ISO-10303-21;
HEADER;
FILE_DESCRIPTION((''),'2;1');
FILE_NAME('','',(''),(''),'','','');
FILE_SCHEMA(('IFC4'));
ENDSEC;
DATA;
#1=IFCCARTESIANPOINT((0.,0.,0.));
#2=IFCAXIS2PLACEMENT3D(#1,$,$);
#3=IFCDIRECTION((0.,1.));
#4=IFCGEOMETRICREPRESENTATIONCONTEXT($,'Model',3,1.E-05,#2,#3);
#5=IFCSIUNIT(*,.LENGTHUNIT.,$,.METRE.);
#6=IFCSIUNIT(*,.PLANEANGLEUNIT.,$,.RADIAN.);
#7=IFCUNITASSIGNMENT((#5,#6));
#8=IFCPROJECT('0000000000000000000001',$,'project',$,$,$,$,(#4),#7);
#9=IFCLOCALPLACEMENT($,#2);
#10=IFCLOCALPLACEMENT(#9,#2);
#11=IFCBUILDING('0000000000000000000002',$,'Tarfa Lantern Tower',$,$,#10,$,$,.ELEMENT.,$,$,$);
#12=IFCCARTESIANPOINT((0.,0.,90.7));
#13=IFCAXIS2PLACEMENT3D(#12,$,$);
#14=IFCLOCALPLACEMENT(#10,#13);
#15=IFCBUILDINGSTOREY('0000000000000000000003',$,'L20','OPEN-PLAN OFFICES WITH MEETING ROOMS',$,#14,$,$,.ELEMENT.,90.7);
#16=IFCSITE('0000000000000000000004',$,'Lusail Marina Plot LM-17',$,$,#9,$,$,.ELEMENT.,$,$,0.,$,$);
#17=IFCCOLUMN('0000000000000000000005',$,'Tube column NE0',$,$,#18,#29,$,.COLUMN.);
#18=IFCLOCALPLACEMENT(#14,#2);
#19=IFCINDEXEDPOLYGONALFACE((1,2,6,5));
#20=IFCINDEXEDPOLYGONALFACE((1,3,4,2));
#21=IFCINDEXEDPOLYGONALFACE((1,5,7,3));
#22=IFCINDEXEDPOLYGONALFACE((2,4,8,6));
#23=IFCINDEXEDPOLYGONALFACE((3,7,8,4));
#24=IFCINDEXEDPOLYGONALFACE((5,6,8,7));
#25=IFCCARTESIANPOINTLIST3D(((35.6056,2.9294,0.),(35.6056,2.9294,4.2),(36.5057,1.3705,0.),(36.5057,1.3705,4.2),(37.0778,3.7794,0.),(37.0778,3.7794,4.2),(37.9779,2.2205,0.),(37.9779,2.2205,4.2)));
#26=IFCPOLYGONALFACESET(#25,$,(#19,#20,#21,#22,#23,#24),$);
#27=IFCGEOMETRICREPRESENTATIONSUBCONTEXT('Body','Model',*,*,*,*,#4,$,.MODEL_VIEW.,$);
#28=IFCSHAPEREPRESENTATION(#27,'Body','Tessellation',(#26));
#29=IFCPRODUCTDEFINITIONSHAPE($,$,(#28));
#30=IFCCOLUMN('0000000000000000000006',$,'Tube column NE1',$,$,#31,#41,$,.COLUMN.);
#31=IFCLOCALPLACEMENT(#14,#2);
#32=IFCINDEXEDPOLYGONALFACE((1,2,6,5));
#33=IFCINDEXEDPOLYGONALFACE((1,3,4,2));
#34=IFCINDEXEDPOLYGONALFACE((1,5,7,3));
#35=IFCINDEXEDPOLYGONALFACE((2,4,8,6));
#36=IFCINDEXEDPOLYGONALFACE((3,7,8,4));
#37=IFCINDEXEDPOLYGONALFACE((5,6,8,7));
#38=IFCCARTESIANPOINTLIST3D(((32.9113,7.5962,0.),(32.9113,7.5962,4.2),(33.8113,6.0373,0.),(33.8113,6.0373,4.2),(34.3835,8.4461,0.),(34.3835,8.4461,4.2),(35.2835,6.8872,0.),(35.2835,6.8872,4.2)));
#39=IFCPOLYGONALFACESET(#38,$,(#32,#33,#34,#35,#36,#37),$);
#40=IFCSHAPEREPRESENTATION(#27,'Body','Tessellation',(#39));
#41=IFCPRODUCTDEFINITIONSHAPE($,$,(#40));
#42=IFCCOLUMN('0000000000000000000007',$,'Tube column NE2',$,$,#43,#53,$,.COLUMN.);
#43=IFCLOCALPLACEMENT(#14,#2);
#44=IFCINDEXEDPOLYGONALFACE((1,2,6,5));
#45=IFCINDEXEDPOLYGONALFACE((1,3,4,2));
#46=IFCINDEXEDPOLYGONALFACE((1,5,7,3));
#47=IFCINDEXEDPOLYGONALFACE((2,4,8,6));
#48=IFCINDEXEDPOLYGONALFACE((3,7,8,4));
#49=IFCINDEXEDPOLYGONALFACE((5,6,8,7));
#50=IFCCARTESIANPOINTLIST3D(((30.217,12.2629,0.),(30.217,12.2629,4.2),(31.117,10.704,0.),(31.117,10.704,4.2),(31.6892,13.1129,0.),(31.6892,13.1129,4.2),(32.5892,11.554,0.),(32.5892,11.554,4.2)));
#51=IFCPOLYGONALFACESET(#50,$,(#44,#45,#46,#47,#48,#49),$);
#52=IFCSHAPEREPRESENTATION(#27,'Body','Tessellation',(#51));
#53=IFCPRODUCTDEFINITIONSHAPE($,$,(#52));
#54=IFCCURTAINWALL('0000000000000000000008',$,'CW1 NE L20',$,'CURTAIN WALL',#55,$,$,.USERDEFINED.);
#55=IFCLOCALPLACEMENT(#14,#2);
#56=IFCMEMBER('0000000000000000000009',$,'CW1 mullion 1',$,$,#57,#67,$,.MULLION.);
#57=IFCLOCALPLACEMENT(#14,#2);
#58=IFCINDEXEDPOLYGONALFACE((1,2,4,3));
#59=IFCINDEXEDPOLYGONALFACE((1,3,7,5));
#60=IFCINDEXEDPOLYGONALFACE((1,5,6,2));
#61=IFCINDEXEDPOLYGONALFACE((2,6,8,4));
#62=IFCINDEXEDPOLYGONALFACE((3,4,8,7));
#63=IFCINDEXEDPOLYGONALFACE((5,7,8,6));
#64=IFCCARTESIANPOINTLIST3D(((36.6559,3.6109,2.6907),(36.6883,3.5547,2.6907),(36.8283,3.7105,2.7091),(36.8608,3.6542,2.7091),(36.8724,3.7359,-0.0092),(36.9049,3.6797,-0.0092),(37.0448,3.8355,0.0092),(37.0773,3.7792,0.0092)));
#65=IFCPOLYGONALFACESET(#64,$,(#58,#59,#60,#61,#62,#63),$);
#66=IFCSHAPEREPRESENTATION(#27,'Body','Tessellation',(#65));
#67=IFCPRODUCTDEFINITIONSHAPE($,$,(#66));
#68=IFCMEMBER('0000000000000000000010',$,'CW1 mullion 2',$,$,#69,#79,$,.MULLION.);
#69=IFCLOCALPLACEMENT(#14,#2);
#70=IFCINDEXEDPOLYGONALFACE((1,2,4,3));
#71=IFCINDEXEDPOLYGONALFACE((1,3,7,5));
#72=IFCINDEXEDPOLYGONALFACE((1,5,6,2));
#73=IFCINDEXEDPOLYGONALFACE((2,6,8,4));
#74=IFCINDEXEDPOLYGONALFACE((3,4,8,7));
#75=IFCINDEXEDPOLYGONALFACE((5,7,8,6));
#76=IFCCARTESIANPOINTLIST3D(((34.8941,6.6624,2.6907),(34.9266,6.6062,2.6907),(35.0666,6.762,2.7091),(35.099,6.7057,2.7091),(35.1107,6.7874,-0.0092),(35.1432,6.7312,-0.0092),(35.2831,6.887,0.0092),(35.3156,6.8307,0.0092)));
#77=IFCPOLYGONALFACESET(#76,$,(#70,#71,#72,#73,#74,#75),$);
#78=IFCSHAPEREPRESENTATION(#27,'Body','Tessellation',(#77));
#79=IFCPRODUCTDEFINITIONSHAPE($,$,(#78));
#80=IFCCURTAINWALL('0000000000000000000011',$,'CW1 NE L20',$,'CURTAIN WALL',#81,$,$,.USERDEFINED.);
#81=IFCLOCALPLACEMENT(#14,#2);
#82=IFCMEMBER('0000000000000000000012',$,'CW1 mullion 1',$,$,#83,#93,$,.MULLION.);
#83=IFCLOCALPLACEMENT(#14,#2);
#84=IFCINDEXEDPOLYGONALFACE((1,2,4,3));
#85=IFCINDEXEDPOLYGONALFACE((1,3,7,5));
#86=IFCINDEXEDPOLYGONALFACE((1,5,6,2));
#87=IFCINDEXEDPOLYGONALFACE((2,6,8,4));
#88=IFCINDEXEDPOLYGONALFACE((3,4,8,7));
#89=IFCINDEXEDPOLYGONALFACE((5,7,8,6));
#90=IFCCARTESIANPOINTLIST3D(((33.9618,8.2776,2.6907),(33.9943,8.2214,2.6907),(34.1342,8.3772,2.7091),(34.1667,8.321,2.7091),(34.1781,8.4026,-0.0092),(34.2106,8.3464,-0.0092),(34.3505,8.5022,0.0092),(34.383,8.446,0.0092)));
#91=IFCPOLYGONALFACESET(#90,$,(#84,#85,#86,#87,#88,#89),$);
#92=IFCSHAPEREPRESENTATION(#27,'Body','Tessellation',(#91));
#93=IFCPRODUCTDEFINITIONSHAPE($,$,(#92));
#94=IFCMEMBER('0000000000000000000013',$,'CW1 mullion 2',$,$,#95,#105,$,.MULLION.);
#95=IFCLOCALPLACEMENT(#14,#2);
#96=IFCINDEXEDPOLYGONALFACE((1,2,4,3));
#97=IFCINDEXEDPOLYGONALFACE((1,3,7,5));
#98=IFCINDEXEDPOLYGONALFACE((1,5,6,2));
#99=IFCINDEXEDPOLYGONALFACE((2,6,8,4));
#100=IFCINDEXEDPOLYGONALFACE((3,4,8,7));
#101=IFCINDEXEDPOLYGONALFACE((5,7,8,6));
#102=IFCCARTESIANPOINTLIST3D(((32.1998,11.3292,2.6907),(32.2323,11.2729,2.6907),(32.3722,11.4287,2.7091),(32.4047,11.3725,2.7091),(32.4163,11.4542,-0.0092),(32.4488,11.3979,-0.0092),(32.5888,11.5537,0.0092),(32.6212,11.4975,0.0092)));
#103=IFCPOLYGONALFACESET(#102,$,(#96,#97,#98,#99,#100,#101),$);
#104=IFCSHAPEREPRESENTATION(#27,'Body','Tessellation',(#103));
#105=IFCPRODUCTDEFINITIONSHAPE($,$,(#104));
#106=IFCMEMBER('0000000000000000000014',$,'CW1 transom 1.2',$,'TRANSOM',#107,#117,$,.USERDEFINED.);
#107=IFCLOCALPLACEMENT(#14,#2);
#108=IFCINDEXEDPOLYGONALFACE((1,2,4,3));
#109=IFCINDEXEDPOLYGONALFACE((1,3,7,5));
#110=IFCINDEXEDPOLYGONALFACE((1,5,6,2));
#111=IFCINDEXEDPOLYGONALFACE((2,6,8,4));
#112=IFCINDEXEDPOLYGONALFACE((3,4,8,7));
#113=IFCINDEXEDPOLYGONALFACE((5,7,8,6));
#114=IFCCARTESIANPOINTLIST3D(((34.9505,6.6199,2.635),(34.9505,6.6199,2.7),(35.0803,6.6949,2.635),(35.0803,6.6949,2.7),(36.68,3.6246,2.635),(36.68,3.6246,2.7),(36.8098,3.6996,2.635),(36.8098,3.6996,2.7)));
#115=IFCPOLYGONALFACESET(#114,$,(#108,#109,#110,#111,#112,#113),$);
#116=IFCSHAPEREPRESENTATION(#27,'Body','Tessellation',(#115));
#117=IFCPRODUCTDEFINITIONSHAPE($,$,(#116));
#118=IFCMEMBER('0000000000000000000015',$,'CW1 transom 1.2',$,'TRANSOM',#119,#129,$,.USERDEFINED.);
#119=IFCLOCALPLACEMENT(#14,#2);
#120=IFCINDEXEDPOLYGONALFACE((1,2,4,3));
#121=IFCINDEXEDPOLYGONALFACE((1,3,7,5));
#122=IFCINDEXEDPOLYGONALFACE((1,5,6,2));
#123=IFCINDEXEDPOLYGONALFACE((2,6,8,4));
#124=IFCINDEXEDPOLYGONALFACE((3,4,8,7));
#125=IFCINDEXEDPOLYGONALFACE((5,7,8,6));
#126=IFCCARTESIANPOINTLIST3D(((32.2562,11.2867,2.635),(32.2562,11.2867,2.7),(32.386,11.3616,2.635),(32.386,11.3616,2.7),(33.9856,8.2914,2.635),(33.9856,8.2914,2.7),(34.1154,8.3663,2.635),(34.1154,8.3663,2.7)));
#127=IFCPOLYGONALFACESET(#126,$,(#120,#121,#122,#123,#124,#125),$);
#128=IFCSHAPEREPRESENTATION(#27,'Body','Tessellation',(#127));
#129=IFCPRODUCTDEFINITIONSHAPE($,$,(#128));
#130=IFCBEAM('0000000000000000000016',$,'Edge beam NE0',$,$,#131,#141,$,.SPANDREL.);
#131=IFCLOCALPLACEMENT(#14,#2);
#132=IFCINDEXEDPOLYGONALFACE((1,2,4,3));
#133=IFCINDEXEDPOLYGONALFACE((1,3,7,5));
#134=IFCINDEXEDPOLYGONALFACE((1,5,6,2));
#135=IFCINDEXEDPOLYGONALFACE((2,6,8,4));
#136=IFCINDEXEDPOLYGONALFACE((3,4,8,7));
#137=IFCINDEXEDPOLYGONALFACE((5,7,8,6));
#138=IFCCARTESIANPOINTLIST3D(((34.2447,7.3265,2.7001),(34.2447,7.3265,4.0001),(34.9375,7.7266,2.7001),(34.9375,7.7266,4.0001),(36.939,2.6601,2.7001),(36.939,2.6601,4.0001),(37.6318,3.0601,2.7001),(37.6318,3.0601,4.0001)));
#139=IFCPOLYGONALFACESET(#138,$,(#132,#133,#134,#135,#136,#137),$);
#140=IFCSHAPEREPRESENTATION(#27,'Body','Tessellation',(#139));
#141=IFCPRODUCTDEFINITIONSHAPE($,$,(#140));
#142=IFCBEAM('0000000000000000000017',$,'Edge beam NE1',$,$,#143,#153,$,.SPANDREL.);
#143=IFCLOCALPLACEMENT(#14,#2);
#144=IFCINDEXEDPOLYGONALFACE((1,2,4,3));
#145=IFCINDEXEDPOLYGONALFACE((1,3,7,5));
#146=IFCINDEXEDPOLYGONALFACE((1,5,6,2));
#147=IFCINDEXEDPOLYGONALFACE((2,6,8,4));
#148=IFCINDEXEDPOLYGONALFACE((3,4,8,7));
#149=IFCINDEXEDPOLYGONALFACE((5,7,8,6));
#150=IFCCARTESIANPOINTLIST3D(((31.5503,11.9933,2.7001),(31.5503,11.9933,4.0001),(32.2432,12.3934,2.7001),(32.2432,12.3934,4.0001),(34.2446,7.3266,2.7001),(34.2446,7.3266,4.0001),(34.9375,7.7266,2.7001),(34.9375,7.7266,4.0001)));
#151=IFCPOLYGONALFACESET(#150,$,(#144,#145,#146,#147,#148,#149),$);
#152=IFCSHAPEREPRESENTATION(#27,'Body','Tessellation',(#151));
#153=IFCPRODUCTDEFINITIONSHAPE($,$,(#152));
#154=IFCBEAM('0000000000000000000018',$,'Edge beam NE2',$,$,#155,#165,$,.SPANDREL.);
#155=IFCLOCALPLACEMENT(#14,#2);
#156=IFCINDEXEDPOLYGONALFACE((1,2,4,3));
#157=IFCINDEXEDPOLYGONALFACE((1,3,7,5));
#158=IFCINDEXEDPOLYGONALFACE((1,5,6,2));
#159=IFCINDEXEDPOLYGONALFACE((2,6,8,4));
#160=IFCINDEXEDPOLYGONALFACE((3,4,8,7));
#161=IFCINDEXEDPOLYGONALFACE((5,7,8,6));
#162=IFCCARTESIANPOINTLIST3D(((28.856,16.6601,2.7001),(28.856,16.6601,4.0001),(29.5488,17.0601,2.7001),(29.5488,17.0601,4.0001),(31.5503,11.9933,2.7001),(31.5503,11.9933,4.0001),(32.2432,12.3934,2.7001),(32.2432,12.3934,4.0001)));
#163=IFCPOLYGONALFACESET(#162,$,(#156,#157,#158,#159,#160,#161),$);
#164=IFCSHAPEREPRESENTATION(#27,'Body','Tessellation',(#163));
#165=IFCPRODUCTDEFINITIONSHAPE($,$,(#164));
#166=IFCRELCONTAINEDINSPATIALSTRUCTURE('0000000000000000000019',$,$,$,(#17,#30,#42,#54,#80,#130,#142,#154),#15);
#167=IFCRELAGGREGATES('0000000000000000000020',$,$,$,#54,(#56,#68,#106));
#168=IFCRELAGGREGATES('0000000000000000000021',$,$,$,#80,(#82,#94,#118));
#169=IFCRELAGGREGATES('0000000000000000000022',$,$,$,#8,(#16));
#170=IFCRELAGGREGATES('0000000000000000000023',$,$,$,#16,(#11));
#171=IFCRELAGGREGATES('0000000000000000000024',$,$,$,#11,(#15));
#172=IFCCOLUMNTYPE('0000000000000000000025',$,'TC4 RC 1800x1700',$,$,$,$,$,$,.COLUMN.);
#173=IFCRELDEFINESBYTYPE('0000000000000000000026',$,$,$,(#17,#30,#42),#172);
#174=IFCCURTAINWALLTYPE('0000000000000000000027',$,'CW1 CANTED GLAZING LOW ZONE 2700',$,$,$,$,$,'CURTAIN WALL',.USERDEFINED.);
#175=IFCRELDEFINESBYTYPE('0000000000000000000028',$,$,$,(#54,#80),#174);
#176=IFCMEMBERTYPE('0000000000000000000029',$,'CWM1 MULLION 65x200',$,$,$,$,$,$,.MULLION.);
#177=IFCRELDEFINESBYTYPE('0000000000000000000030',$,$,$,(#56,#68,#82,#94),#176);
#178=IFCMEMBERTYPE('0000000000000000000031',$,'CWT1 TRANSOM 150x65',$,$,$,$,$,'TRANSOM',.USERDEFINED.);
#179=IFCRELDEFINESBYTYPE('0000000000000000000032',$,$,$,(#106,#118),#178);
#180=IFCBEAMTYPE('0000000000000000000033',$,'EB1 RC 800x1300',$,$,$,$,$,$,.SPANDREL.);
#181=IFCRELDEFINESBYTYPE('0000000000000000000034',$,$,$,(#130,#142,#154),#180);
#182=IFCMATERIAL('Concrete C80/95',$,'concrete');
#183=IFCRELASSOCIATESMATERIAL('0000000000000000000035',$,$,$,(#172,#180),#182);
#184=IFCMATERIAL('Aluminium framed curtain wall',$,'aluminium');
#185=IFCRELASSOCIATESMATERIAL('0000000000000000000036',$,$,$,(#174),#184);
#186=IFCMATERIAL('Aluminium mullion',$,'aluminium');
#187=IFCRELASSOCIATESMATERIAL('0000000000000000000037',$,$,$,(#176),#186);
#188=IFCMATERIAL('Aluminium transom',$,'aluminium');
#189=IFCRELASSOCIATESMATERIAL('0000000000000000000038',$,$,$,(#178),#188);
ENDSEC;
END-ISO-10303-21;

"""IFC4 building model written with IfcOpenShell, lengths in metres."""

from ifc_helpers import new_model, si_unit, direction, frame, origin, origin_2d, place, context, subcontext, project, spatial, rectangle, extrude, material, material_profile, profile_set, type_object, element, aggregate, save


model = new_model("IFC4")

# Units and contexts
model_context = context("Model", 3, precision=1e-05, world=origin(), true_north=direction((0.0, 1.0)))
body_context = subcontext(model_context, "Body", "Model", "MODEL_VIEW")
ifc_project = project(units=[si_unit("LENGTHUNIT", "METRE"), si_unit("PLANEANGLEUNIT", "RADIAN")], contexts=[model_context])

# Site, building, storey
site_placement = place(None, origin())
site = spatial("IfcSite", under=ifc_project, at=site_placement, Name="Lusail Marina Plot LM-17", CompositionType="ELEMENT", RefElevation=0.0)
building_placement = place(site_placement, origin())
building = spatial("IfcBuilding", under=site, at=building_placement, Name="Tarfa Lantern Tower", CompositionType="ELEMENT")
storey_placement = place(building_placement, frame((0.0, 0.0, 90.7)))
storey = spatial("IfcBuildingStorey", under=building, at=storey_placement, Name="L20", Description="OPEN-PLAN OFFICES WITH MEETING ROOMS", CompositionType="ELEMENT", Elevation=90.7)

# Columns
ifc_material_1 = material(Name="Concrete C80/95", Category="concrete")
ifc_material_profile_1 = material_profile(ifc_material_1, rectangle(XDim=1.8, YDim=1.7, at=origin_2d()), Name="RC 1800x1700")
ifc_profile_set_1 = profile_set([ifc_material_profile_1], Name="Concrete C80/95")
column_type = type_object("IfcColumnType", Name="TC4 RC 1800x1700", PredefinedType="COLUMN", material=ifc_profile_set_1)
for number, where, z_axis, x_axis, name in (
    (1, (36.7917, 2.575, 0.0), (0.0, 0.0, 1.0), (-0.5, 0.866025, 0.0), "Tube column NE0"),
    (2, (34.0974, 7.2417, 0.0), (0.0, 0.0, 1.0), (-0.5, 0.866025, 0.0), "Tube column NE1"),
    (3, (31.4031, 11.9084, 0.0), (0.0, 0.0, 1.0), (-0.5, 0.866025, 0.0), "Tube column NE2"),
):
    element("IfcColumn", number, at=place(storey_placement, frame(where, z_axis=z_axis, x_axis=x_axis)), inside=storey, type_object=column_type, Name=name, PredefinedType="COLUMN", context=body_context, shape_type="SweptSolid", body=[
        extrude(rectangle(XDim=1.8, YDim=1.7, at=origin_2d()), origin(), (0.0, 0.0, 1.0), 4.2),
    ])

# Curtain walls, members
ifc_material_2 = material(Name="Aluminium framed curtain wall", Category="aluminium")
curtain_wall_type = type_object("IfcCurtainWallType", Name="CW1 CANTED GLAZING LOW ZONE 2700", ElementType="CURTAIN WALL", PredefinedType="USERDEFINED", material=ifc_material_2)
curtain_wall_1_placement = place(storey_placement, origin())
curtain_wall_1 = element("IfcCurtainWall", 4, at=curtain_wall_1_placement, inside=storey, type_object=curtain_wall_type, Name="CW1 NE L20", ObjectType="CURTAIN WALL", PredefinedType="USERDEFINED")
ifc_material_3 = material(Name="Aluminium mullion", Category="aluminium")
ifc_material_profile_2 = material_profile(ifc_material_3, rectangle(XDim=0.0649, YDim=0.2, at=origin_2d()), Name="AL MULLION 65x200")
ifc_profile_set_2 = profile_set([ifc_material_profile_2], Name="Aluminium mullion")
member_type_1 = type_object("IfcMemberType", Name="CWM1 MULLION 65x200", PredefinedType="MULLION", material=ifc_profile_set_2)
member_1_placement = place(storey_placement, frame((36.9749, 3.7576, 0.0), z_axis=(-0.079864, -0.0461, 0.995739), x_axis=(0.49992, -0.866072, 0.0)))
member_1 = element("IfcMember", 5, at=member_1_placement, type_object=member_type_1, Name="CW1 mullion 1", PredefinedType="MULLION", context=body_context, shape_type="SweptSolid", body=[
    extrude(rectangle(XDim=0.0649, YDim=0.2, at=origin_2d()), origin(), (0.0, 0.0, 1.0), 2.7114),
])
member_2_placement = place(storey_placement, frame((35.2131, 6.8091, 0.0), z_axis=(-0.079864, -0.0461, 0.995739), x_axis=(0.49992, -0.866072, 0.0)))
member_2 = element("IfcMember", 6, at=member_2_placement, type_object=member_type_1, Name="CW1 mullion 2", PredefinedType="MULLION", context=body_context, shape_type="SweptSolid", body=[
    extrude(rectangle(XDim=0.0649, YDim=0.2, at=origin_2d()), origin(), (0.0, 0.0, 1.0), 2.7114),
])
curtain_wall_2_placement = place(storey_placement, origin())
curtain_wall_2 = element("IfcCurtainWall", 7, at=curtain_wall_2_placement, inside=storey, type_object=curtain_wall_type, Name="CW1 NE L20", ObjectType="CURTAIN WALL", PredefinedType="USERDEFINED")
member_3_placement = place(storey_placement, frame((34.2805, 8.4243, 0.0), z_axis=(-0.079775, -0.0461, 0.995746), x_axis=(0.500343, -0.865827, 0.0)))
member_3 = element("IfcMember", 8, at=member_3_placement, type_object=member_type_1, Name="CW1 mullion 1", PredefinedType="MULLION", context=body_context, shape_type="SweptSolid", body=[
    extrude(rectangle(XDim=0.0649, YDim=0.2, at=origin_2d()), origin(), (0.0, 0.0, 1.0), 2.7114),
])
member_4_placement = place(storey_placement, frame((32.5188, 11.4758, 0.0), z_axis=(-0.079864, -0.0461, 0.995739), x_axis=(0.49992, -0.866072, 0.0)))
member_4 = element("IfcMember", 9, at=member_4_placement, type_object=member_type_1, Name="CW1 mullion 2", PredefinedType="MULLION", context=body_context, shape_type="SweptSolid", body=[
    extrude(rectangle(XDim=0.0649, YDim=0.2, at=origin_2d()), origin(), (0.0, 0.0, 1.0), 2.7114),
])

# Members
ifc_material_4 = material(Name="Aluminium transom", Category="aluminium")
ifc_material_profile_3 = material_profile(ifc_material_4, rectangle(XDim=0.1499, YDim=0.0649, at=origin_2d()), Name="AL TRANSOM 150x65")
ifc_profile_set_3 = profile_set([ifc_material_profile_3], Name="Aluminium transom")
member_type_2 = type_object("IfcMemberType", Name="CWT1 TRANSOM 150x65", ElementType="TRANSOM", PredefinedType="USERDEFINED", material=ifc_profile_set_3)
member_5_placement = place(storey_placement, frame((36.7449, 3.6621, 2.6675), z_axis=(-0.500026, 0.86601, 0.0), x_axis=(-0.86601, -0.500026, 0.0)))
member_5 = element("IfcMember", 10, at=member_5_placement, type_object=member_type_2, Name="CW1 transom 1.2", ObjectType="TRANSOM", PredefinedType="USERDEFINED", context=body_context, shape_type="SweptSolid", body=[
    extrude(rectangle(XDim=0.1499, YDim=0.0649, at=origin_2d()), origin(), (0.0, 0.0, 1.0), 3.4587),
])
member_6_placement = place(storey_placement, frame((34.0505, 8.3289, 2.6675), z_axis=(-0.500026, 0.86601, 0.0), x_axis=(-0.86601, -0.500026, 0.0)))
member_6 = element("IfcMember", 11, at=member_6_placement, type_object=member_type_2, Name="CW1 transom 1.2", ObjectType="TRANSOM", PredefinedType="USERDEFINED", context=body_context, shape_type="SweptSolid", body=[
    extrude(rectangle(XDim=0.1499, YDim=0.0649, at=origin_2d()), origin(), (0.0, 0.0, 1.0), 3.4587),
])

# Beams
ifc_material_profile_4 = material_profile(ifc_material_1, rectangle(XDim=0.8, YDim=1.3, at=origin_2d()), Name="RC 800x1300")
ifc_profile_set_4 = profile_set([ifc_material_profile_4], Name="Concrete C80/95")
beam_type_1 = type_object("IfcBeamType", Name="EB1 RC 800x1300", PredefinedType="SPANDREL", material=ifc_profile_set_4)
beam_1_placement = place(storey_placement, frame((37.2854, 2.8601, 3.3501), z_axis=(-0.500018, 0.866015, 0.0), x_axis=(-0.866015, -0.500018, 0.0)))
element("IfcBeam", 12, at=beam_1_placement, inside=storey, type_object=beam_type_1, Name="Edge beam NE0", PredefinedType="SPANDREL", context=body_context, shape_type="SweptSolid", body=[
    extrude(rectangle(XDim=0.8, YDim=1.3, at=origin_2d()), origin(), (0.0, 0.0, 1.0), 5.3884),
])
for number, where, z_axis, x_axis, name in (
    (13, (34.5911, 7.5266, 3.3501), (-0.499998, 0.866026, 0.0), (-0.866026, -0.499998, 0.0), "Edge beam NE1"),
    (14, (31.8967, 12.1934, 3.3501), (-0.499998, 0.866026, 0.0), (-0.866026, -0.499998, 0.0), "Edge beam NE2"),
):
    element("IfcBeam", number, at=place(storey_placement, frame(where, z_axis=z_axis, x_axis=x_axis)), inside=storey, type_object=beam_type_1, Name=name, PredefinedType="SPANDREL", context=body_context, shape_type="SweptSolid", body=[
        extrude(rectangle(XDim=0.8, YDim=1.3, at=origin_2d()), origin(), (0.0, 0.0, 1.0), 5.3887),
    ])

aggregate(curtain_wall_1, [member_1, member_2, member_5])
aggregate(curtain_wall_2, [member_3, member_4, member_6])

save(model, "model.ifc")
